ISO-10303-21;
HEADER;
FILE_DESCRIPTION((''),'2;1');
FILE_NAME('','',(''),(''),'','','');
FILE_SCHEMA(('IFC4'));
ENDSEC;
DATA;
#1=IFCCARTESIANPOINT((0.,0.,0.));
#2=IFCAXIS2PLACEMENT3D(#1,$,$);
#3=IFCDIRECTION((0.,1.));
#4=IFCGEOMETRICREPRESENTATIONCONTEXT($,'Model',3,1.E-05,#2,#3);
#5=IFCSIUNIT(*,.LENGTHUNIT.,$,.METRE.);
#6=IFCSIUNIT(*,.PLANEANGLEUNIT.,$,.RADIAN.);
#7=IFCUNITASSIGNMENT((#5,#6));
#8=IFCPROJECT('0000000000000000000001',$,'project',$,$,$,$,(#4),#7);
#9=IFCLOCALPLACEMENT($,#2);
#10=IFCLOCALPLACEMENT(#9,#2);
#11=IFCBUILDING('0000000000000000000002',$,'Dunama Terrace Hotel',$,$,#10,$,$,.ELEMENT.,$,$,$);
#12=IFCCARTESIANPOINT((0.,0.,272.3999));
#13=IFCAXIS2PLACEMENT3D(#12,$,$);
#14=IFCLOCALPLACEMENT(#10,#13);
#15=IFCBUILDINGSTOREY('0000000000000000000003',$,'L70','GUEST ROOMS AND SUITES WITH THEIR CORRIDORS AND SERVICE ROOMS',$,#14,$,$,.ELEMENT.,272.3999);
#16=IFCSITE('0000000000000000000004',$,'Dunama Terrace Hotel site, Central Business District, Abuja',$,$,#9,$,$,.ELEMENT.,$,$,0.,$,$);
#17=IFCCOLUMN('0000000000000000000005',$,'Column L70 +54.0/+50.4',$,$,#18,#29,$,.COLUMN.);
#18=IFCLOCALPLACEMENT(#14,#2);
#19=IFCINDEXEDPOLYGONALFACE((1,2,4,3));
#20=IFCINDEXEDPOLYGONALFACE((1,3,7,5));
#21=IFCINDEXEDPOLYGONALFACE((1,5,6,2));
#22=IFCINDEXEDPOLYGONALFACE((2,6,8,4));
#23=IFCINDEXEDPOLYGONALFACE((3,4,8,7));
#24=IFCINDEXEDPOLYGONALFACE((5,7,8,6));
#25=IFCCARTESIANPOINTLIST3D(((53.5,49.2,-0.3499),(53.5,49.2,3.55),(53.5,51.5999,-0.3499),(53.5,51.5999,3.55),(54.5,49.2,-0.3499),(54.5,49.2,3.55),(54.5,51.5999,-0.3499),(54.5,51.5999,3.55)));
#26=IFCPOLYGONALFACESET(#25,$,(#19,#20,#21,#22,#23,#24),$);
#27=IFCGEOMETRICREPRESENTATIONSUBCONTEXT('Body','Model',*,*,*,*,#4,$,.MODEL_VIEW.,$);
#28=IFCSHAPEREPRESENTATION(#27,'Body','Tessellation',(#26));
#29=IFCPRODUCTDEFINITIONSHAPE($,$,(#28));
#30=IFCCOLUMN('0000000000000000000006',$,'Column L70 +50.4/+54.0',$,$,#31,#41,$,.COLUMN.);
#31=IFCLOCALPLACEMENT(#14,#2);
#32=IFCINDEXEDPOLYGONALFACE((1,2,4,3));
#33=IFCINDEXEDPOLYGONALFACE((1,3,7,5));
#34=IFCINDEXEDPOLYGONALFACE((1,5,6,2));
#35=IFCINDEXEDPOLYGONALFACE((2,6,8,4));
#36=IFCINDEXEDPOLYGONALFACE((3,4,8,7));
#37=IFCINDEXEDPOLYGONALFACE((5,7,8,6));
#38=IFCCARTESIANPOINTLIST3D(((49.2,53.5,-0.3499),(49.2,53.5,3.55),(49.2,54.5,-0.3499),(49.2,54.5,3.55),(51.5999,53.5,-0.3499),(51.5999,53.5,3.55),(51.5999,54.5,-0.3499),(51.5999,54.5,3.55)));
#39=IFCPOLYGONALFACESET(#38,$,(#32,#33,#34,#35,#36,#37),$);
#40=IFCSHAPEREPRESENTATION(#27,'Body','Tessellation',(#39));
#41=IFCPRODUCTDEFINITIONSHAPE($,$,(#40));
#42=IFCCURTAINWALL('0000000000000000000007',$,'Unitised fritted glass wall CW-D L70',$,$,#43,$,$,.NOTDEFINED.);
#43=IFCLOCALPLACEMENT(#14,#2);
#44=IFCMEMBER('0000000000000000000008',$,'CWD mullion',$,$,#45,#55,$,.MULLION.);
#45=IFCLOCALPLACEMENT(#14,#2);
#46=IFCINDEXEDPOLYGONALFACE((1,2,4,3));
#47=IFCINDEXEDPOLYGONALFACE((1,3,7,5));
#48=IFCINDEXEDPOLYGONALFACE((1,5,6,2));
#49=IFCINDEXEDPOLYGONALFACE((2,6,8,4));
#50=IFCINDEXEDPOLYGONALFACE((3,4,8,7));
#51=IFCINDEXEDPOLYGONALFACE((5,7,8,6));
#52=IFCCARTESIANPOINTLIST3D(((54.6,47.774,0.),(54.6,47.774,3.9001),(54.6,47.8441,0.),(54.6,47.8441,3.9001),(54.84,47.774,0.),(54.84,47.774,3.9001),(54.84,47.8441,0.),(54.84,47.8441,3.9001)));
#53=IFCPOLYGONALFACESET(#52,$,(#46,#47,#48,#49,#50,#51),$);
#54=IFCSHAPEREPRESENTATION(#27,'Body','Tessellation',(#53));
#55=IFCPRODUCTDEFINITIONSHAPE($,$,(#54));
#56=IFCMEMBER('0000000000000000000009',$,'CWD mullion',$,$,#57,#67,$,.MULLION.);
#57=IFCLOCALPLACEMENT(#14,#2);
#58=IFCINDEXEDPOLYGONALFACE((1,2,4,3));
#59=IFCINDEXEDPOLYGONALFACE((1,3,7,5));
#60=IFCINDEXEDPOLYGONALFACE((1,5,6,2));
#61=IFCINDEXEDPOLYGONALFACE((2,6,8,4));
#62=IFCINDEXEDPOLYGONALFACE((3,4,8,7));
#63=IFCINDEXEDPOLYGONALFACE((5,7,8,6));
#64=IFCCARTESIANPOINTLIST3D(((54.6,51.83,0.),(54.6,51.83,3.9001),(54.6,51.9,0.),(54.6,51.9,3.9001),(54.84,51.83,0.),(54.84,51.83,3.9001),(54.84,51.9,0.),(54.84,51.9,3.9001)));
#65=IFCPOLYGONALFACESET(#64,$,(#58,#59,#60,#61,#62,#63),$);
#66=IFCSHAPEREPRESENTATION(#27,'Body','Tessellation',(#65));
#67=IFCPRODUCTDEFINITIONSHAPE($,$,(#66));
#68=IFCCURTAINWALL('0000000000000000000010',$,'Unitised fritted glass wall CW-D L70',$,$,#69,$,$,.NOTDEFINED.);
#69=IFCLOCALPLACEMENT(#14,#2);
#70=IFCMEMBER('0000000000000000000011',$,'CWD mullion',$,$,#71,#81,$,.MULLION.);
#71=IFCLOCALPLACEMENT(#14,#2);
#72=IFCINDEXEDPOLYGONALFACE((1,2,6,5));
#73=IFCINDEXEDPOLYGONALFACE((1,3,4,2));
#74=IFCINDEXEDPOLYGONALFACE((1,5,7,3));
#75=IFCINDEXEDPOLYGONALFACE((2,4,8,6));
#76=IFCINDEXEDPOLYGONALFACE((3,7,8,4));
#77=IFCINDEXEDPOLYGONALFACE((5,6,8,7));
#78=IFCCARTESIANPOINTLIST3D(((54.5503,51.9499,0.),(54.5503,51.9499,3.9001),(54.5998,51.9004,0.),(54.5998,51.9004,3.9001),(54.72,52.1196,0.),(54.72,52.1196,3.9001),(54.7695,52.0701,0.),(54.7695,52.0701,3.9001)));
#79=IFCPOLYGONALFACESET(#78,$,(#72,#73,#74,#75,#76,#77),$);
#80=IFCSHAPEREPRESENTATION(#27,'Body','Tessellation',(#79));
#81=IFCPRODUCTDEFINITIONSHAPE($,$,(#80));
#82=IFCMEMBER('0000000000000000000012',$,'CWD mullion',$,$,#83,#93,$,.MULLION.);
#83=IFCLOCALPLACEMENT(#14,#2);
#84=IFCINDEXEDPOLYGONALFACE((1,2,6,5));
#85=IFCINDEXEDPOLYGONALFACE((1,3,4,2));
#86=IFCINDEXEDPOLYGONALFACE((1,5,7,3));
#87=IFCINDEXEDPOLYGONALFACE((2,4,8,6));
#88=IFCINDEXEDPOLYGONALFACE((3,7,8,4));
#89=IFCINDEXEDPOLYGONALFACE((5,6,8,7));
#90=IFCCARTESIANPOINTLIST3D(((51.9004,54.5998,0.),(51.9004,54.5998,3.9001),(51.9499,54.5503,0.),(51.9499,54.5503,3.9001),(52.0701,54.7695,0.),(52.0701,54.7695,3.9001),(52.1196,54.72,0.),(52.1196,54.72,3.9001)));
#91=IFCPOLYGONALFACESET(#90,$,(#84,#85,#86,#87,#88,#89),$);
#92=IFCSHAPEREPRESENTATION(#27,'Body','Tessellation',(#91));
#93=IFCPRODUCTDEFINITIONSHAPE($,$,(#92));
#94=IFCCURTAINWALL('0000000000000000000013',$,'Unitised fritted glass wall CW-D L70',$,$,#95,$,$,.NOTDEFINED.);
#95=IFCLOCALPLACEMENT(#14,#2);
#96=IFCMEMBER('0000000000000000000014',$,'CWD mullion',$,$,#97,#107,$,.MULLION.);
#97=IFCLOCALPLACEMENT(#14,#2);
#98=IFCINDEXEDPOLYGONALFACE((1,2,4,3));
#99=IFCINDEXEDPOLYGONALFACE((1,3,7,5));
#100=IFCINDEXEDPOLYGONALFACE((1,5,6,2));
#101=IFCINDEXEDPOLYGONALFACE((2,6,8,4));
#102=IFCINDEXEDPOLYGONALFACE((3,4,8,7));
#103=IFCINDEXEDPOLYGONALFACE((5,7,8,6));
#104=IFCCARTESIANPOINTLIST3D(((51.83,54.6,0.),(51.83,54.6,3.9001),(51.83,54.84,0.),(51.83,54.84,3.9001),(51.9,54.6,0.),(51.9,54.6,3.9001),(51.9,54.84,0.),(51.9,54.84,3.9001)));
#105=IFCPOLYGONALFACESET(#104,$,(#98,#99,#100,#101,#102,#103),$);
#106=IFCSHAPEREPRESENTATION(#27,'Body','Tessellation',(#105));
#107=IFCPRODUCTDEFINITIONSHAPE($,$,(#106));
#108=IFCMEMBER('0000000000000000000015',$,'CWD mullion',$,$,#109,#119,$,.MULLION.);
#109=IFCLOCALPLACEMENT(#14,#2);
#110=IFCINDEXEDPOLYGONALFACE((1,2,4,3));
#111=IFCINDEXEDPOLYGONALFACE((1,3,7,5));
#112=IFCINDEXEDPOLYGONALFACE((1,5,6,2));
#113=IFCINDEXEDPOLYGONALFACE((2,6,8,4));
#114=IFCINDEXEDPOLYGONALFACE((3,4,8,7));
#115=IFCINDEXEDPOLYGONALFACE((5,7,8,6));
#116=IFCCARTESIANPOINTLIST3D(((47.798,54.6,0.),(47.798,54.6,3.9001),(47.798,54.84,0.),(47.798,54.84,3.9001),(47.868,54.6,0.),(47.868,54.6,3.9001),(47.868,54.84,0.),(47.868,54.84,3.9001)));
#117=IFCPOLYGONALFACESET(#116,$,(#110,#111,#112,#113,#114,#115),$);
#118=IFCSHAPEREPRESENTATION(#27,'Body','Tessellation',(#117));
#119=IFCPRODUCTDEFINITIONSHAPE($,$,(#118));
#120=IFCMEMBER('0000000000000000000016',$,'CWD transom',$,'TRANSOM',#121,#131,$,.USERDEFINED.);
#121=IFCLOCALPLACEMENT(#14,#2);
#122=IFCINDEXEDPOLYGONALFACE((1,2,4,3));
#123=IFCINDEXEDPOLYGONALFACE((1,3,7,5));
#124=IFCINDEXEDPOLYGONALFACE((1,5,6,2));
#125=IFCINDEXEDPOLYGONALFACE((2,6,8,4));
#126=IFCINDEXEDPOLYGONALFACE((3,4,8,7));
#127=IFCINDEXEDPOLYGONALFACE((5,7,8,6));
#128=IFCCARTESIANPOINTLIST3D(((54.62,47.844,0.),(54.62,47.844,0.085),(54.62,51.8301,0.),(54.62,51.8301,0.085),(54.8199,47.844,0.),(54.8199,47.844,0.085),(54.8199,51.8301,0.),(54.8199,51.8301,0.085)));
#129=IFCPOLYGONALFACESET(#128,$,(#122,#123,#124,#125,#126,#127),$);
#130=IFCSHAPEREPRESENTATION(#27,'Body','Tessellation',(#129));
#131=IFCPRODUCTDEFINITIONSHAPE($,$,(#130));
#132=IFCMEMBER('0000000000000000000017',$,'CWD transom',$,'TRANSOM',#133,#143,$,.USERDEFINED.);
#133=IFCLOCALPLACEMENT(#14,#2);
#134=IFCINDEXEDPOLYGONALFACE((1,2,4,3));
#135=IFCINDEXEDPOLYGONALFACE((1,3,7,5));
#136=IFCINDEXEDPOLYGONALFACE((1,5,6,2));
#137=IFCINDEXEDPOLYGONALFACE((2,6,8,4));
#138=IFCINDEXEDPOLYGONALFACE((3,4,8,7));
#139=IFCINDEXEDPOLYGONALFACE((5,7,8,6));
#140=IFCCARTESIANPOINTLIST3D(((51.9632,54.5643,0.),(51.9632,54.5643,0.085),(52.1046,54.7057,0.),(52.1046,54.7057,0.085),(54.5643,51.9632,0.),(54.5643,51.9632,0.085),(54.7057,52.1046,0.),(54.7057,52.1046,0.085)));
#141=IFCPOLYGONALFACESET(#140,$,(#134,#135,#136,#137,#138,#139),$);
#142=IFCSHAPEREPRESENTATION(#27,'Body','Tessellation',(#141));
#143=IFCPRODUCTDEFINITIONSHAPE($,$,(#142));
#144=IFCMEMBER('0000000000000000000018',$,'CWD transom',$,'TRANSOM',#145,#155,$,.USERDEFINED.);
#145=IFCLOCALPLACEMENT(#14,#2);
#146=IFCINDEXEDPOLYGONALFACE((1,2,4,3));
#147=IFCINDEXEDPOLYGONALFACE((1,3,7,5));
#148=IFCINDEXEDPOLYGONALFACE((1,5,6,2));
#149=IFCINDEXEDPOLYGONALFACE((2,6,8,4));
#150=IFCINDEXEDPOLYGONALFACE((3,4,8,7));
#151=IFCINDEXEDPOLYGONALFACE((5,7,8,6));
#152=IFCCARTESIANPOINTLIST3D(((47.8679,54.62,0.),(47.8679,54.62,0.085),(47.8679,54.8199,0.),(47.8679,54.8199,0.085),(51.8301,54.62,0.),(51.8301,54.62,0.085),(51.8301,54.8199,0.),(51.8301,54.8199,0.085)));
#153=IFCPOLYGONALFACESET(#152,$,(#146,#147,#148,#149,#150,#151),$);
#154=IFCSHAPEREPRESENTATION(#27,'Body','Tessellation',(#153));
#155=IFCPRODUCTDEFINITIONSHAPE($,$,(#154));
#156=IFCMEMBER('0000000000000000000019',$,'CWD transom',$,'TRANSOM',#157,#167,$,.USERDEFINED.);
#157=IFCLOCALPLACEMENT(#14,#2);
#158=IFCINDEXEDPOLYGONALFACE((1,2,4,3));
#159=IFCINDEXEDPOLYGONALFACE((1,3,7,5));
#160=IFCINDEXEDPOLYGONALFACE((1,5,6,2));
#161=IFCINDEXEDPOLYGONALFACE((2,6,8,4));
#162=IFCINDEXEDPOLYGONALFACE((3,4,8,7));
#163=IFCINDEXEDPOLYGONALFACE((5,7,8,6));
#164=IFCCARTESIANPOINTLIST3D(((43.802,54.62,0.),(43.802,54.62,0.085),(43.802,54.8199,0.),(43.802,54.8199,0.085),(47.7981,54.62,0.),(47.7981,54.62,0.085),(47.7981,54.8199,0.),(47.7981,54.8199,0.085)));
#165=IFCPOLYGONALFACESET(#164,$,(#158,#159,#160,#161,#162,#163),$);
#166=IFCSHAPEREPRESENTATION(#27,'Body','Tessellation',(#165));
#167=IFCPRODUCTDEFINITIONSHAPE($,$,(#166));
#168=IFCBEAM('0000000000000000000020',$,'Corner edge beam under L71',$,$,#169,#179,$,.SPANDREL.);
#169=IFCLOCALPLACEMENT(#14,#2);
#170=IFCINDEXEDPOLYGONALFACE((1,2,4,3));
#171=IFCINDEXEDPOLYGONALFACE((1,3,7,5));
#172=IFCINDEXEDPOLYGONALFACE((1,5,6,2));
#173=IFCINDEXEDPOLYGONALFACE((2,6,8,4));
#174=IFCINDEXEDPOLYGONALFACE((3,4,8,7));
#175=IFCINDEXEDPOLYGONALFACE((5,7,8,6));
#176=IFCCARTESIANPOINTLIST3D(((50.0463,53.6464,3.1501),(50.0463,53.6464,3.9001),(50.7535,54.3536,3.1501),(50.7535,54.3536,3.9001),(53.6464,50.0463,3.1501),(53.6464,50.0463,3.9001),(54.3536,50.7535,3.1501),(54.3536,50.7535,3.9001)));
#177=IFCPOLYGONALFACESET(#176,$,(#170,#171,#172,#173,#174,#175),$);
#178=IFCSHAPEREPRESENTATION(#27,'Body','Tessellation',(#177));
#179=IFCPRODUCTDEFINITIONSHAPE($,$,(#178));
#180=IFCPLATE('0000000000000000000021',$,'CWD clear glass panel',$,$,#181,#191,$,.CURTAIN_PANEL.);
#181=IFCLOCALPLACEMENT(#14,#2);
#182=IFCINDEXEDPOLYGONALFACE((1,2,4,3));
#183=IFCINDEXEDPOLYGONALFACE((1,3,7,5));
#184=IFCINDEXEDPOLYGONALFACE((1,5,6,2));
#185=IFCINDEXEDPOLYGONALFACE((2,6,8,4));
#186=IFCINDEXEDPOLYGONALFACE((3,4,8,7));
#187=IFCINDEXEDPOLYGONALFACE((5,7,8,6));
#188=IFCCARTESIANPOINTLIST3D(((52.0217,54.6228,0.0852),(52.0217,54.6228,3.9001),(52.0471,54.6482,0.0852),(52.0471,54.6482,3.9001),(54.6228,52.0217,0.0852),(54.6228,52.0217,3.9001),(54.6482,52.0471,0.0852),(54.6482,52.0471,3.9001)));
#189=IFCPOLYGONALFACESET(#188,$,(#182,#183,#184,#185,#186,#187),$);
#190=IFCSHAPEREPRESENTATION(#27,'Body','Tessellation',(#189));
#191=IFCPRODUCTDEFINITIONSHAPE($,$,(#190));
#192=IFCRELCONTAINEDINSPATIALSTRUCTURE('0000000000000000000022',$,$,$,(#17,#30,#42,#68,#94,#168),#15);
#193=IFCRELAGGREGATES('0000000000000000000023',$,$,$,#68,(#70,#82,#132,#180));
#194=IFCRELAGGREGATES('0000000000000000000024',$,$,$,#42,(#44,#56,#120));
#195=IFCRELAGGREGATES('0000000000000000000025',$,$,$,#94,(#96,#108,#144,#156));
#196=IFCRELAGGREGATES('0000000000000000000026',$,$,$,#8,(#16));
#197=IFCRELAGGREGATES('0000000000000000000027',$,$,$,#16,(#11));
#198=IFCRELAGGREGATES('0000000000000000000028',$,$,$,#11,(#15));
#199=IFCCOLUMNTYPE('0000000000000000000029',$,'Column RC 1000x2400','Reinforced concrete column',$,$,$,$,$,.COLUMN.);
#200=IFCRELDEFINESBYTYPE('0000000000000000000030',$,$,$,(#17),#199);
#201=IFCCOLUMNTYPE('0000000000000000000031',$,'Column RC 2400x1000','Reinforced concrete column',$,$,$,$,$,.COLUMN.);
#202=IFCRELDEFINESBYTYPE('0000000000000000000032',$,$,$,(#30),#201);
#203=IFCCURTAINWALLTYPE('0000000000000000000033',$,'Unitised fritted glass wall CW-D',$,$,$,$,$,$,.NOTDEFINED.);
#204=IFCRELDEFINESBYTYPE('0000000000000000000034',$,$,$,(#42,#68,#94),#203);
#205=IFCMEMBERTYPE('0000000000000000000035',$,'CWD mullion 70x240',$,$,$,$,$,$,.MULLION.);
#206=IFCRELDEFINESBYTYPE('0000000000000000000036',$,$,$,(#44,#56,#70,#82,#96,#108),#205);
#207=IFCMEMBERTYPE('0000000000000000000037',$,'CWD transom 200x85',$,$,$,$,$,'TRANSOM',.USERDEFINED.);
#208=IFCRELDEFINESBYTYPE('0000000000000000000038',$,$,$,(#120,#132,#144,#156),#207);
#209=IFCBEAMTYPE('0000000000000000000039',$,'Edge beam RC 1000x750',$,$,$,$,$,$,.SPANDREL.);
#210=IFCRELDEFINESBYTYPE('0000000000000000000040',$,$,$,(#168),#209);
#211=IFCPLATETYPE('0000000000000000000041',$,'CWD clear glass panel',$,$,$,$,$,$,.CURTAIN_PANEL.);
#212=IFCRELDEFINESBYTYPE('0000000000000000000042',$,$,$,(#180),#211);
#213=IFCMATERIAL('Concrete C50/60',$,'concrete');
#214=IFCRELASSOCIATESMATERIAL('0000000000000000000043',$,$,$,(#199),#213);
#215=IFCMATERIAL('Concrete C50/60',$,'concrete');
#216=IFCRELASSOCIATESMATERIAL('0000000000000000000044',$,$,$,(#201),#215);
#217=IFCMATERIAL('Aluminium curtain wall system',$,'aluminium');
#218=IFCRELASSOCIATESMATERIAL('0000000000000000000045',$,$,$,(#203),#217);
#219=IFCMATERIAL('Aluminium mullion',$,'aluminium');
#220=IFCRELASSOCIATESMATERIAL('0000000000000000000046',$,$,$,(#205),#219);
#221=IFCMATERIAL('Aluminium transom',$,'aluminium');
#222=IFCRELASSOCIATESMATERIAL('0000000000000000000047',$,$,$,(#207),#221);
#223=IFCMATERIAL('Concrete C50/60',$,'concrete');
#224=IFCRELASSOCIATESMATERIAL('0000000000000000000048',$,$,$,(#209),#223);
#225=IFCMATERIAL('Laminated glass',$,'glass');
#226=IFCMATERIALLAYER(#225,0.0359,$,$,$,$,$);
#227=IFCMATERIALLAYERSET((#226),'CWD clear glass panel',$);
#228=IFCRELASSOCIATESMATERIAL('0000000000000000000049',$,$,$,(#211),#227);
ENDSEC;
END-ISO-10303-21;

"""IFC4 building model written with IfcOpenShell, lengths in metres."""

from ifc_helpers import new_model, si_unit, direction, frame, origin, origin_2d, place, context, subcontext, project, spatial, rectangle, extrude, material, layer, layer_set, material_profile, profile_set, type_object, element, aggregate, save


model = new_model("IFC4")

# Units and contexts
model_context = context("Model", 3, precision=1e-05, world=origin(), true_north=direction((0.0, 1.0)))
body_context = subcontext(model_context, "Body", "Model", "MODEL_VIEW")
ifc_project = project(units=[si_unit("LENGTHUNIT", "METRE"), si_unit("PLANEANGLEUNIT", "RADIAN")], contexts=[model_context])

# Site, building, storey
site_placement = place(None, origin())
site = spatial("IfcSite", under=ifc_project, at=site_placement, Name="Dunama Terrace Hotel site, Central Business District, Abuja", CompositionType="ELEMENT", RefElevation=0.0)
building_placement = place(site_placement, origin())
building = spatial("IfcBuilding", under=site, at=building_placement, Name="Dunama Terrace Hotel", CompositionType="ELEMENT")
storey_placement = place(building_placement, frame((0.0, 0.0, 272.3999)))
storey = spatial("IfcBuildingStorey", under=building, at=storey_placement, Name="L70", Description="GUEST ROOMS AND SUITES WITH THEIR CORRIDORS AND SERVICE ROOMS", CompositionType="ELEMENT", Elevation=272.3999)

# Columns
ifc_material_1 = material(Name="Concrete C50/60", Category="concrete")
ifc_material_profile_1 = material_profile(ifc_material_1, rectangle(XDim=1.0, YDim=2.3999, at=origin_2d()), Name="RC 1000x2400")
ifc_profile_set_1 = profile_set([ifc_material_profile_1], Name="Concrete C50/60")
column_type_1 = type_object("IfcColumnType", Name="Column RC 1000x2400", Description="Reinforced concrete column", PredefinedType="COLUMN", material=ifc_profile_set_1)
column_1_placement = place(storey_placement, frame((54.0, 50.3999, -0.3499), z_axis=(0.0, 0.0, 1.0), x_axis=(1.0, 0.0, 0.0)))
element("IfcColumn", 1, at=column_1_placement, inside=storey, type_object=column_type_1, Name="Column L70 +54.0/+50.4", PredefinedType="COLUMN", context=body_context, shape_type="SweptSolid", body=[
    extrude(rectangle(XDim=1.0, YDim=2.3999, at=origin_2d()), origin(), (0.0, 0.0, 1.0), 3.8999),
])
ifc_material_2 = material(Name="Concrete C50/60", Category="concrete")
ifc_material_profile_2 = material_profile(ifc_material_2, rectangle(XDim=2.3999, YDim=1.0, at=origin_2d()), Name="RC 2400x1000")
ifc_profile_set_2 = profile_set([ifc_material_profile_2], Name="Concrete C50/60")
column_type_2 = type_object("IfcColumnType", Name="Column RC 2400x1000", Description="Reinforced concrete column", PredefinedType="COLUMN", material=ifc_profile_set_2)
column_2_placement = place(storey_placement, frame((50.3999, 54.0, -0.3499), z_axis=(0.0, 0.0, 1.0), x_axis=(1.0, 0.0, 0.0)))
element("IfcColumn", 2, at=column_2_placement, inside=storey, type_object=column_type_2, Name="Column L70 +50.4/+54.0", PredefinedType="COLUMN", context=body_context, shape_type="SweptSolid", body=[
    extrude(rectangle(XDim=2.3999, YDim=1.0, at=origin_2d()), origin(), (0.0, 0.0, 1.0), 3.8999),
])

# Curtain walls, members
ifc_material_3 = material(Name="Aluminium curtain wall system", Category="aluminium")
curtain_wall_type = type_object("IfcCurtainWallType", Name="Unitised fritted glass wall CW-D", PredefinedType="NOTDEFINED", material=ifc_material_3)
curtain_wall_1_placement = place(storey_placement, origin())
curtain_wall_1 = element("IfcCurtainWall", 3, at=curtain_wall_1_placement, inside=storey, type_object=curtain_wall_type, Name="Unitised fritted glass wall CW-D L70", PredefinedType="NOTDEFINED")
ifc_material_4 = material(Name="Aluminium mullion", Category="aluminium")
ifc_material_profile_3 = material_profile(ifc_material_4, rectangle(XDim=0.0701, YDim=0.24, at=origin_2d()), Name="CWD MULLION 70X240")
ifc_profile_set_3 = profile_set([ifc_material_profile_3], Name="Aluminium mullion")
member_type_1 = type_object("IfcMemberType", Name="CWD mullion 70x240", PredefinedType="MULLION", material=ifc_profile_set_3)
member_1_placement = place(storey_placement, frame((54.72, 47.8091, 0.0), z_axis=(0.0, 0.0, 1.0), x_axis=(0.0, 1.0, 0.0)))
member_1 = element("IfcMember", 4, at=member_1_placement, type_object=member_type_1, Name="CWD mullion", PredefinedType="MULLION", context=body_context, shape_type="SweptSolid", body=[
    extrude(rectangle(XDim=0.0701, YDim=0.24, at=origin_2d()), origin(), (0.0, 0.0, 1.0), 3.9001),
])
member_2_placement = place(storey_placement, frame((54.72, 51.865, 0.0), z_axis=(0.0, 0.0, 1.0), x_axis=(0.0, 1.0, 0.0)))
member_2 = element("IfcMember", 5, at=member_2_placement, type_object=member_type_1, Name="CWD mullion", PredefinedType="MULLION", context=body_context, shape_type="SweptSolid", body=[
    extrude(rectangle(XDim=0.0701, YDim=0.24, at=origin_2d()), origin(), (0.0, 0.0, 1.0), 3.9001),
])
curtain_wall_2_placement = place(storey_placement, origin())
curtain_wall_2 = element("IfcCurtainWall", 6, at=curtain_wall_2_placement, inside=storey, type_object=curtain_wall_type, Name="Unitised fritted glass wall CW-D L70", PredefinedType="NOTDEFINED")
member_3_placement = place(storey_placement, frame((54.6599, 52.01, 0.0), z_axis=(0.0, 0.0, 1.0), x_axis=(-0.707107, 0.707107, 0.0)))
member_3 = element("IfcMember", 7, at=member_3_placement, type_object=member_type_1, Name="CWD mullion", PredefinedType="MULLION", context=body_context, shape_type="SweptSolid", body=[
    extrude(rectangle(XDim=0.0701, YDim=0.24, at=origin_2d()), origin(), (0.0, 0.0, 1.0), 3.9001),
])
member_4_placement = place(storey_placement, frame((52.01, 54.6599, 0.0), z_axis=(0.0, 0.0, 1.0), x_axis=(-0.707107, 0.707107, 0.0)))
member_4 = element("IfcMember", 8, at=member_4_placement, type_object=member_type_1, Name="CWD mullion", PredefinedType="MULLION", context=body_context, shape_type="SweptSolid", body=[
    extrude(rectangle(XDim=0.0701, YDim=0.24, at=origin_2d()), origin(), (0.0, 0.0, 1.0), 3.9001),
])
curtain_wall_3_placement = place(storey_placement, origin())
curtain_wall_3 = element("IfcCurtainWall", 9, at=curtain_wall_3_placement, inside=storey, type_object=curtain_wall_type, Name="Unitised fritted glass wall CW-D L70", PredefinedType="NOTDEFINED")
member_5_placement = place(storey_placement, frame((51.865, 54.72, 0.0), z_axis=(0.0, 0.0, 1.0), x_axis=(-1.0, 0.0, 0.0)))
member_5 = element("IfcMember", 10, at=member_5_placement, type_object=member_type_1, Name="CWD mullion", PredefinedType="MULLION", context=body_context, shape_type="SweptSolid", body=[
    extrude(rectangle(XDim=0.0701, YDim=0.24, at=origin_2d()), origin(), (0.0, 0.0, 1.0), 3.9001),
])
member_6_placement = place(storey_placement, frame((47.833, 54.72, 0.0), z_axis=(0.0, 0.0, 1.0), x_axis=(-1.0, 0.0, 0.0)))
member_6 = element("IfcMember", 11, at=member_6_placement, type_object=member_type_1, Name="CWD mullion", PredefinedType="MULLION", context=body_context, shape_type="SweptSolid", body=[
    extrude(rectangle(XDim=0.0701, YDim=0.24, at=origin_2d()), origin(), (0.0, 0.0, 1.0), 3.9001),
])

# Members
ifc_material_5 = material(Name="Aluminium transom", Category="aluminium")
ifc_material_profile_4 = material_profile(ifc_material_5, rectangle(XDim=0.2, YDim=0.085, at=origin_2d()), Name="CWD TRANSOM 200X85")
ifc_profile_set_4 = profile_set([ifc_material_profile_4], Name="Aluminium transom")
member_type_2 = type_object("IfcMemberType", Name="CWD transom 200x85", ElementType="TRANSOM", PredefinedType="USERDEFINED", material=ifc_profile_set_4)
member_7_placement = place(storey_placement, frame((54.72, 47.844, 0.0425), z_axis=(0.0, 1.0, 0.0), x_axis=(-1.0, 0.0, 0.0)))
member_7 = element("IfcMember", 12, at=member_7_placement, type_object=member_type_2, Name="CWD transom", ObjectType="TRANSOM", PredefinedType="USERDEFINED", context=body_context, shape_type="SweptSolid", body=[
    extrude(rectangle(XDim=0.2, YDim=0.085, at=origin_2d()), origin(), (0.0, 0.0, 1.0), 3.9861),
])
member_8_placement = place(storey_placement, frame((54.635, 52.0339, 0.0425), z_axis=(-0.707107, 0.707107, 0.0), x_axis=(-0.707107, -0.707107, 0.0)))
member_8 = element("IfcMember", 13, at=member_8_placement, type_object=member_type_2, Name="CWD transom", ObjectType="TRANSOM", PredefinedType="USERDEFINED", context=body_context, shape_type="SweptSolid", body=[
    extrude(rectangle(XDim=0.2, YDim=0.085, at=origin_2d()), origin(), (0.0, 0.0, 1.0), 3.6785),
])
member_9_placement = place(storey_placement, frame((51.8301, 54.72, 0.0425), z_axis=(-1.0, 0.0, 0.0), x_axis=(0.0, -1.0, 0.0)))
member_9 = element("IfcMember", 14, at=member_9_placement, type_object=member_type_2, Name="CWD transom", ObjectType="TRANSOM", PredefinedType="USERDEFINED", context=body_context, shape_type="SweptSolid", body=[
    extrude(rectangle(XDim=0.2, YDim=0.085, at=origin_2d()), origin(), (0.0, 0.0, 1.0), 3.9622),
])
member_10_placement = place(storey_placement, frame((47.7981, 54.72, 0.0425), z_axis=(-1.0, 0.0, 0.0), x_axis=(0.0, -1.0, 0.0)))
member_10 = element("IfcMember", 15, at=member_10_placement, type_object=member_type_2, Name="CWD transom", ObjectType="TRANSOM", PredefinedType="USERDEFINED", context=body_context, shape_type="SweptSolid", body=[
    extrude(rectangle(XDim=0.2, YDim=0.085, at=origin_2d()), origin(), (0.0, 0.0, 1.0), 3.9961),
])

# Beam
ifc_material_6 = material(Name="Concrete C50/60", Category="concrete")
ifc_material_profile_5 = material_profile(ifc_material_6, rectangle(XDim=1.0, YDim=0.75, at=origin_2d()), Name="RC 1000x750")
ifc_profile_set_5 = profile_set([ifc_material_profile_5], Name="Concrete C50/60")
beam_type = type_object("IfcBeamType", Name="Edge beam RC 1000x750", PredefinedType="SPANDREL", material=ifc_profile_set_5)
beam_placement = place(storey_placement, frame((50.3999, 54.0, 3.5251), z_axis=(0.707107, -0.707107, 0.0), x_axis=(0.707107, 0.707107, 0.0)))
element("IfcBeam", 16, at=beam_placement, inside=storey, type_object=beam_type, Name="Corner edge beam under L71", PredefinedType="SPANDREL", context=body_context, shape_type="SweptSolid", body=[
    extrude(rectangle(XDim=1.0, YDim=0.75, at=origin_2d()), origin(), (0.0, 0.0, 1.0), 5.0913),
])

# Plate
ifc_material_7 = material(Name="Laminated glass", Category="glass")
ifc_layer_1 = layer(ifc_material_7, 0.0359)
ifc_layer_set_1 = layer_set([ifc_layer_1], Name="CWD clear glass panel")
plate_type_1 = type_object("IfcPlateType", Name="CWD clear glass panel", PredefinedType="CURTAIN_PANEL", material=ifc_layer_set_1)
plate_1_placement = place(storey_placement, frame((53.335, 53.335, 0.0852), z_axis=(0.0, 0.0, 1.0), x_axis=(-0.707107, 0.707107, 0.0)))
plate_1 = element("IfcPlate", 17, at=plate_1_placement, type_object=plate_type_1, Name="CWD clear glass panel", PredefinedType="CURTAIN_PANEL", context=body_context, shape_type="SweptSolid", body=[
    extrude(rectangle(XDim=3.6785, YDim=0.0359, at=origin_2d()), origin(), (0.0, 0.0, 1.0), 3.8149),
])
aggregate(curtain_wall_2, [member_3, member_4, member_8, plate_1])
aggregate(curtain_wall_1, [member_1, member_2, member_7])
aggregate(curtain_wall_3, [member_5, member_6, member_9, member_10])

save(model, "model.ifc")
